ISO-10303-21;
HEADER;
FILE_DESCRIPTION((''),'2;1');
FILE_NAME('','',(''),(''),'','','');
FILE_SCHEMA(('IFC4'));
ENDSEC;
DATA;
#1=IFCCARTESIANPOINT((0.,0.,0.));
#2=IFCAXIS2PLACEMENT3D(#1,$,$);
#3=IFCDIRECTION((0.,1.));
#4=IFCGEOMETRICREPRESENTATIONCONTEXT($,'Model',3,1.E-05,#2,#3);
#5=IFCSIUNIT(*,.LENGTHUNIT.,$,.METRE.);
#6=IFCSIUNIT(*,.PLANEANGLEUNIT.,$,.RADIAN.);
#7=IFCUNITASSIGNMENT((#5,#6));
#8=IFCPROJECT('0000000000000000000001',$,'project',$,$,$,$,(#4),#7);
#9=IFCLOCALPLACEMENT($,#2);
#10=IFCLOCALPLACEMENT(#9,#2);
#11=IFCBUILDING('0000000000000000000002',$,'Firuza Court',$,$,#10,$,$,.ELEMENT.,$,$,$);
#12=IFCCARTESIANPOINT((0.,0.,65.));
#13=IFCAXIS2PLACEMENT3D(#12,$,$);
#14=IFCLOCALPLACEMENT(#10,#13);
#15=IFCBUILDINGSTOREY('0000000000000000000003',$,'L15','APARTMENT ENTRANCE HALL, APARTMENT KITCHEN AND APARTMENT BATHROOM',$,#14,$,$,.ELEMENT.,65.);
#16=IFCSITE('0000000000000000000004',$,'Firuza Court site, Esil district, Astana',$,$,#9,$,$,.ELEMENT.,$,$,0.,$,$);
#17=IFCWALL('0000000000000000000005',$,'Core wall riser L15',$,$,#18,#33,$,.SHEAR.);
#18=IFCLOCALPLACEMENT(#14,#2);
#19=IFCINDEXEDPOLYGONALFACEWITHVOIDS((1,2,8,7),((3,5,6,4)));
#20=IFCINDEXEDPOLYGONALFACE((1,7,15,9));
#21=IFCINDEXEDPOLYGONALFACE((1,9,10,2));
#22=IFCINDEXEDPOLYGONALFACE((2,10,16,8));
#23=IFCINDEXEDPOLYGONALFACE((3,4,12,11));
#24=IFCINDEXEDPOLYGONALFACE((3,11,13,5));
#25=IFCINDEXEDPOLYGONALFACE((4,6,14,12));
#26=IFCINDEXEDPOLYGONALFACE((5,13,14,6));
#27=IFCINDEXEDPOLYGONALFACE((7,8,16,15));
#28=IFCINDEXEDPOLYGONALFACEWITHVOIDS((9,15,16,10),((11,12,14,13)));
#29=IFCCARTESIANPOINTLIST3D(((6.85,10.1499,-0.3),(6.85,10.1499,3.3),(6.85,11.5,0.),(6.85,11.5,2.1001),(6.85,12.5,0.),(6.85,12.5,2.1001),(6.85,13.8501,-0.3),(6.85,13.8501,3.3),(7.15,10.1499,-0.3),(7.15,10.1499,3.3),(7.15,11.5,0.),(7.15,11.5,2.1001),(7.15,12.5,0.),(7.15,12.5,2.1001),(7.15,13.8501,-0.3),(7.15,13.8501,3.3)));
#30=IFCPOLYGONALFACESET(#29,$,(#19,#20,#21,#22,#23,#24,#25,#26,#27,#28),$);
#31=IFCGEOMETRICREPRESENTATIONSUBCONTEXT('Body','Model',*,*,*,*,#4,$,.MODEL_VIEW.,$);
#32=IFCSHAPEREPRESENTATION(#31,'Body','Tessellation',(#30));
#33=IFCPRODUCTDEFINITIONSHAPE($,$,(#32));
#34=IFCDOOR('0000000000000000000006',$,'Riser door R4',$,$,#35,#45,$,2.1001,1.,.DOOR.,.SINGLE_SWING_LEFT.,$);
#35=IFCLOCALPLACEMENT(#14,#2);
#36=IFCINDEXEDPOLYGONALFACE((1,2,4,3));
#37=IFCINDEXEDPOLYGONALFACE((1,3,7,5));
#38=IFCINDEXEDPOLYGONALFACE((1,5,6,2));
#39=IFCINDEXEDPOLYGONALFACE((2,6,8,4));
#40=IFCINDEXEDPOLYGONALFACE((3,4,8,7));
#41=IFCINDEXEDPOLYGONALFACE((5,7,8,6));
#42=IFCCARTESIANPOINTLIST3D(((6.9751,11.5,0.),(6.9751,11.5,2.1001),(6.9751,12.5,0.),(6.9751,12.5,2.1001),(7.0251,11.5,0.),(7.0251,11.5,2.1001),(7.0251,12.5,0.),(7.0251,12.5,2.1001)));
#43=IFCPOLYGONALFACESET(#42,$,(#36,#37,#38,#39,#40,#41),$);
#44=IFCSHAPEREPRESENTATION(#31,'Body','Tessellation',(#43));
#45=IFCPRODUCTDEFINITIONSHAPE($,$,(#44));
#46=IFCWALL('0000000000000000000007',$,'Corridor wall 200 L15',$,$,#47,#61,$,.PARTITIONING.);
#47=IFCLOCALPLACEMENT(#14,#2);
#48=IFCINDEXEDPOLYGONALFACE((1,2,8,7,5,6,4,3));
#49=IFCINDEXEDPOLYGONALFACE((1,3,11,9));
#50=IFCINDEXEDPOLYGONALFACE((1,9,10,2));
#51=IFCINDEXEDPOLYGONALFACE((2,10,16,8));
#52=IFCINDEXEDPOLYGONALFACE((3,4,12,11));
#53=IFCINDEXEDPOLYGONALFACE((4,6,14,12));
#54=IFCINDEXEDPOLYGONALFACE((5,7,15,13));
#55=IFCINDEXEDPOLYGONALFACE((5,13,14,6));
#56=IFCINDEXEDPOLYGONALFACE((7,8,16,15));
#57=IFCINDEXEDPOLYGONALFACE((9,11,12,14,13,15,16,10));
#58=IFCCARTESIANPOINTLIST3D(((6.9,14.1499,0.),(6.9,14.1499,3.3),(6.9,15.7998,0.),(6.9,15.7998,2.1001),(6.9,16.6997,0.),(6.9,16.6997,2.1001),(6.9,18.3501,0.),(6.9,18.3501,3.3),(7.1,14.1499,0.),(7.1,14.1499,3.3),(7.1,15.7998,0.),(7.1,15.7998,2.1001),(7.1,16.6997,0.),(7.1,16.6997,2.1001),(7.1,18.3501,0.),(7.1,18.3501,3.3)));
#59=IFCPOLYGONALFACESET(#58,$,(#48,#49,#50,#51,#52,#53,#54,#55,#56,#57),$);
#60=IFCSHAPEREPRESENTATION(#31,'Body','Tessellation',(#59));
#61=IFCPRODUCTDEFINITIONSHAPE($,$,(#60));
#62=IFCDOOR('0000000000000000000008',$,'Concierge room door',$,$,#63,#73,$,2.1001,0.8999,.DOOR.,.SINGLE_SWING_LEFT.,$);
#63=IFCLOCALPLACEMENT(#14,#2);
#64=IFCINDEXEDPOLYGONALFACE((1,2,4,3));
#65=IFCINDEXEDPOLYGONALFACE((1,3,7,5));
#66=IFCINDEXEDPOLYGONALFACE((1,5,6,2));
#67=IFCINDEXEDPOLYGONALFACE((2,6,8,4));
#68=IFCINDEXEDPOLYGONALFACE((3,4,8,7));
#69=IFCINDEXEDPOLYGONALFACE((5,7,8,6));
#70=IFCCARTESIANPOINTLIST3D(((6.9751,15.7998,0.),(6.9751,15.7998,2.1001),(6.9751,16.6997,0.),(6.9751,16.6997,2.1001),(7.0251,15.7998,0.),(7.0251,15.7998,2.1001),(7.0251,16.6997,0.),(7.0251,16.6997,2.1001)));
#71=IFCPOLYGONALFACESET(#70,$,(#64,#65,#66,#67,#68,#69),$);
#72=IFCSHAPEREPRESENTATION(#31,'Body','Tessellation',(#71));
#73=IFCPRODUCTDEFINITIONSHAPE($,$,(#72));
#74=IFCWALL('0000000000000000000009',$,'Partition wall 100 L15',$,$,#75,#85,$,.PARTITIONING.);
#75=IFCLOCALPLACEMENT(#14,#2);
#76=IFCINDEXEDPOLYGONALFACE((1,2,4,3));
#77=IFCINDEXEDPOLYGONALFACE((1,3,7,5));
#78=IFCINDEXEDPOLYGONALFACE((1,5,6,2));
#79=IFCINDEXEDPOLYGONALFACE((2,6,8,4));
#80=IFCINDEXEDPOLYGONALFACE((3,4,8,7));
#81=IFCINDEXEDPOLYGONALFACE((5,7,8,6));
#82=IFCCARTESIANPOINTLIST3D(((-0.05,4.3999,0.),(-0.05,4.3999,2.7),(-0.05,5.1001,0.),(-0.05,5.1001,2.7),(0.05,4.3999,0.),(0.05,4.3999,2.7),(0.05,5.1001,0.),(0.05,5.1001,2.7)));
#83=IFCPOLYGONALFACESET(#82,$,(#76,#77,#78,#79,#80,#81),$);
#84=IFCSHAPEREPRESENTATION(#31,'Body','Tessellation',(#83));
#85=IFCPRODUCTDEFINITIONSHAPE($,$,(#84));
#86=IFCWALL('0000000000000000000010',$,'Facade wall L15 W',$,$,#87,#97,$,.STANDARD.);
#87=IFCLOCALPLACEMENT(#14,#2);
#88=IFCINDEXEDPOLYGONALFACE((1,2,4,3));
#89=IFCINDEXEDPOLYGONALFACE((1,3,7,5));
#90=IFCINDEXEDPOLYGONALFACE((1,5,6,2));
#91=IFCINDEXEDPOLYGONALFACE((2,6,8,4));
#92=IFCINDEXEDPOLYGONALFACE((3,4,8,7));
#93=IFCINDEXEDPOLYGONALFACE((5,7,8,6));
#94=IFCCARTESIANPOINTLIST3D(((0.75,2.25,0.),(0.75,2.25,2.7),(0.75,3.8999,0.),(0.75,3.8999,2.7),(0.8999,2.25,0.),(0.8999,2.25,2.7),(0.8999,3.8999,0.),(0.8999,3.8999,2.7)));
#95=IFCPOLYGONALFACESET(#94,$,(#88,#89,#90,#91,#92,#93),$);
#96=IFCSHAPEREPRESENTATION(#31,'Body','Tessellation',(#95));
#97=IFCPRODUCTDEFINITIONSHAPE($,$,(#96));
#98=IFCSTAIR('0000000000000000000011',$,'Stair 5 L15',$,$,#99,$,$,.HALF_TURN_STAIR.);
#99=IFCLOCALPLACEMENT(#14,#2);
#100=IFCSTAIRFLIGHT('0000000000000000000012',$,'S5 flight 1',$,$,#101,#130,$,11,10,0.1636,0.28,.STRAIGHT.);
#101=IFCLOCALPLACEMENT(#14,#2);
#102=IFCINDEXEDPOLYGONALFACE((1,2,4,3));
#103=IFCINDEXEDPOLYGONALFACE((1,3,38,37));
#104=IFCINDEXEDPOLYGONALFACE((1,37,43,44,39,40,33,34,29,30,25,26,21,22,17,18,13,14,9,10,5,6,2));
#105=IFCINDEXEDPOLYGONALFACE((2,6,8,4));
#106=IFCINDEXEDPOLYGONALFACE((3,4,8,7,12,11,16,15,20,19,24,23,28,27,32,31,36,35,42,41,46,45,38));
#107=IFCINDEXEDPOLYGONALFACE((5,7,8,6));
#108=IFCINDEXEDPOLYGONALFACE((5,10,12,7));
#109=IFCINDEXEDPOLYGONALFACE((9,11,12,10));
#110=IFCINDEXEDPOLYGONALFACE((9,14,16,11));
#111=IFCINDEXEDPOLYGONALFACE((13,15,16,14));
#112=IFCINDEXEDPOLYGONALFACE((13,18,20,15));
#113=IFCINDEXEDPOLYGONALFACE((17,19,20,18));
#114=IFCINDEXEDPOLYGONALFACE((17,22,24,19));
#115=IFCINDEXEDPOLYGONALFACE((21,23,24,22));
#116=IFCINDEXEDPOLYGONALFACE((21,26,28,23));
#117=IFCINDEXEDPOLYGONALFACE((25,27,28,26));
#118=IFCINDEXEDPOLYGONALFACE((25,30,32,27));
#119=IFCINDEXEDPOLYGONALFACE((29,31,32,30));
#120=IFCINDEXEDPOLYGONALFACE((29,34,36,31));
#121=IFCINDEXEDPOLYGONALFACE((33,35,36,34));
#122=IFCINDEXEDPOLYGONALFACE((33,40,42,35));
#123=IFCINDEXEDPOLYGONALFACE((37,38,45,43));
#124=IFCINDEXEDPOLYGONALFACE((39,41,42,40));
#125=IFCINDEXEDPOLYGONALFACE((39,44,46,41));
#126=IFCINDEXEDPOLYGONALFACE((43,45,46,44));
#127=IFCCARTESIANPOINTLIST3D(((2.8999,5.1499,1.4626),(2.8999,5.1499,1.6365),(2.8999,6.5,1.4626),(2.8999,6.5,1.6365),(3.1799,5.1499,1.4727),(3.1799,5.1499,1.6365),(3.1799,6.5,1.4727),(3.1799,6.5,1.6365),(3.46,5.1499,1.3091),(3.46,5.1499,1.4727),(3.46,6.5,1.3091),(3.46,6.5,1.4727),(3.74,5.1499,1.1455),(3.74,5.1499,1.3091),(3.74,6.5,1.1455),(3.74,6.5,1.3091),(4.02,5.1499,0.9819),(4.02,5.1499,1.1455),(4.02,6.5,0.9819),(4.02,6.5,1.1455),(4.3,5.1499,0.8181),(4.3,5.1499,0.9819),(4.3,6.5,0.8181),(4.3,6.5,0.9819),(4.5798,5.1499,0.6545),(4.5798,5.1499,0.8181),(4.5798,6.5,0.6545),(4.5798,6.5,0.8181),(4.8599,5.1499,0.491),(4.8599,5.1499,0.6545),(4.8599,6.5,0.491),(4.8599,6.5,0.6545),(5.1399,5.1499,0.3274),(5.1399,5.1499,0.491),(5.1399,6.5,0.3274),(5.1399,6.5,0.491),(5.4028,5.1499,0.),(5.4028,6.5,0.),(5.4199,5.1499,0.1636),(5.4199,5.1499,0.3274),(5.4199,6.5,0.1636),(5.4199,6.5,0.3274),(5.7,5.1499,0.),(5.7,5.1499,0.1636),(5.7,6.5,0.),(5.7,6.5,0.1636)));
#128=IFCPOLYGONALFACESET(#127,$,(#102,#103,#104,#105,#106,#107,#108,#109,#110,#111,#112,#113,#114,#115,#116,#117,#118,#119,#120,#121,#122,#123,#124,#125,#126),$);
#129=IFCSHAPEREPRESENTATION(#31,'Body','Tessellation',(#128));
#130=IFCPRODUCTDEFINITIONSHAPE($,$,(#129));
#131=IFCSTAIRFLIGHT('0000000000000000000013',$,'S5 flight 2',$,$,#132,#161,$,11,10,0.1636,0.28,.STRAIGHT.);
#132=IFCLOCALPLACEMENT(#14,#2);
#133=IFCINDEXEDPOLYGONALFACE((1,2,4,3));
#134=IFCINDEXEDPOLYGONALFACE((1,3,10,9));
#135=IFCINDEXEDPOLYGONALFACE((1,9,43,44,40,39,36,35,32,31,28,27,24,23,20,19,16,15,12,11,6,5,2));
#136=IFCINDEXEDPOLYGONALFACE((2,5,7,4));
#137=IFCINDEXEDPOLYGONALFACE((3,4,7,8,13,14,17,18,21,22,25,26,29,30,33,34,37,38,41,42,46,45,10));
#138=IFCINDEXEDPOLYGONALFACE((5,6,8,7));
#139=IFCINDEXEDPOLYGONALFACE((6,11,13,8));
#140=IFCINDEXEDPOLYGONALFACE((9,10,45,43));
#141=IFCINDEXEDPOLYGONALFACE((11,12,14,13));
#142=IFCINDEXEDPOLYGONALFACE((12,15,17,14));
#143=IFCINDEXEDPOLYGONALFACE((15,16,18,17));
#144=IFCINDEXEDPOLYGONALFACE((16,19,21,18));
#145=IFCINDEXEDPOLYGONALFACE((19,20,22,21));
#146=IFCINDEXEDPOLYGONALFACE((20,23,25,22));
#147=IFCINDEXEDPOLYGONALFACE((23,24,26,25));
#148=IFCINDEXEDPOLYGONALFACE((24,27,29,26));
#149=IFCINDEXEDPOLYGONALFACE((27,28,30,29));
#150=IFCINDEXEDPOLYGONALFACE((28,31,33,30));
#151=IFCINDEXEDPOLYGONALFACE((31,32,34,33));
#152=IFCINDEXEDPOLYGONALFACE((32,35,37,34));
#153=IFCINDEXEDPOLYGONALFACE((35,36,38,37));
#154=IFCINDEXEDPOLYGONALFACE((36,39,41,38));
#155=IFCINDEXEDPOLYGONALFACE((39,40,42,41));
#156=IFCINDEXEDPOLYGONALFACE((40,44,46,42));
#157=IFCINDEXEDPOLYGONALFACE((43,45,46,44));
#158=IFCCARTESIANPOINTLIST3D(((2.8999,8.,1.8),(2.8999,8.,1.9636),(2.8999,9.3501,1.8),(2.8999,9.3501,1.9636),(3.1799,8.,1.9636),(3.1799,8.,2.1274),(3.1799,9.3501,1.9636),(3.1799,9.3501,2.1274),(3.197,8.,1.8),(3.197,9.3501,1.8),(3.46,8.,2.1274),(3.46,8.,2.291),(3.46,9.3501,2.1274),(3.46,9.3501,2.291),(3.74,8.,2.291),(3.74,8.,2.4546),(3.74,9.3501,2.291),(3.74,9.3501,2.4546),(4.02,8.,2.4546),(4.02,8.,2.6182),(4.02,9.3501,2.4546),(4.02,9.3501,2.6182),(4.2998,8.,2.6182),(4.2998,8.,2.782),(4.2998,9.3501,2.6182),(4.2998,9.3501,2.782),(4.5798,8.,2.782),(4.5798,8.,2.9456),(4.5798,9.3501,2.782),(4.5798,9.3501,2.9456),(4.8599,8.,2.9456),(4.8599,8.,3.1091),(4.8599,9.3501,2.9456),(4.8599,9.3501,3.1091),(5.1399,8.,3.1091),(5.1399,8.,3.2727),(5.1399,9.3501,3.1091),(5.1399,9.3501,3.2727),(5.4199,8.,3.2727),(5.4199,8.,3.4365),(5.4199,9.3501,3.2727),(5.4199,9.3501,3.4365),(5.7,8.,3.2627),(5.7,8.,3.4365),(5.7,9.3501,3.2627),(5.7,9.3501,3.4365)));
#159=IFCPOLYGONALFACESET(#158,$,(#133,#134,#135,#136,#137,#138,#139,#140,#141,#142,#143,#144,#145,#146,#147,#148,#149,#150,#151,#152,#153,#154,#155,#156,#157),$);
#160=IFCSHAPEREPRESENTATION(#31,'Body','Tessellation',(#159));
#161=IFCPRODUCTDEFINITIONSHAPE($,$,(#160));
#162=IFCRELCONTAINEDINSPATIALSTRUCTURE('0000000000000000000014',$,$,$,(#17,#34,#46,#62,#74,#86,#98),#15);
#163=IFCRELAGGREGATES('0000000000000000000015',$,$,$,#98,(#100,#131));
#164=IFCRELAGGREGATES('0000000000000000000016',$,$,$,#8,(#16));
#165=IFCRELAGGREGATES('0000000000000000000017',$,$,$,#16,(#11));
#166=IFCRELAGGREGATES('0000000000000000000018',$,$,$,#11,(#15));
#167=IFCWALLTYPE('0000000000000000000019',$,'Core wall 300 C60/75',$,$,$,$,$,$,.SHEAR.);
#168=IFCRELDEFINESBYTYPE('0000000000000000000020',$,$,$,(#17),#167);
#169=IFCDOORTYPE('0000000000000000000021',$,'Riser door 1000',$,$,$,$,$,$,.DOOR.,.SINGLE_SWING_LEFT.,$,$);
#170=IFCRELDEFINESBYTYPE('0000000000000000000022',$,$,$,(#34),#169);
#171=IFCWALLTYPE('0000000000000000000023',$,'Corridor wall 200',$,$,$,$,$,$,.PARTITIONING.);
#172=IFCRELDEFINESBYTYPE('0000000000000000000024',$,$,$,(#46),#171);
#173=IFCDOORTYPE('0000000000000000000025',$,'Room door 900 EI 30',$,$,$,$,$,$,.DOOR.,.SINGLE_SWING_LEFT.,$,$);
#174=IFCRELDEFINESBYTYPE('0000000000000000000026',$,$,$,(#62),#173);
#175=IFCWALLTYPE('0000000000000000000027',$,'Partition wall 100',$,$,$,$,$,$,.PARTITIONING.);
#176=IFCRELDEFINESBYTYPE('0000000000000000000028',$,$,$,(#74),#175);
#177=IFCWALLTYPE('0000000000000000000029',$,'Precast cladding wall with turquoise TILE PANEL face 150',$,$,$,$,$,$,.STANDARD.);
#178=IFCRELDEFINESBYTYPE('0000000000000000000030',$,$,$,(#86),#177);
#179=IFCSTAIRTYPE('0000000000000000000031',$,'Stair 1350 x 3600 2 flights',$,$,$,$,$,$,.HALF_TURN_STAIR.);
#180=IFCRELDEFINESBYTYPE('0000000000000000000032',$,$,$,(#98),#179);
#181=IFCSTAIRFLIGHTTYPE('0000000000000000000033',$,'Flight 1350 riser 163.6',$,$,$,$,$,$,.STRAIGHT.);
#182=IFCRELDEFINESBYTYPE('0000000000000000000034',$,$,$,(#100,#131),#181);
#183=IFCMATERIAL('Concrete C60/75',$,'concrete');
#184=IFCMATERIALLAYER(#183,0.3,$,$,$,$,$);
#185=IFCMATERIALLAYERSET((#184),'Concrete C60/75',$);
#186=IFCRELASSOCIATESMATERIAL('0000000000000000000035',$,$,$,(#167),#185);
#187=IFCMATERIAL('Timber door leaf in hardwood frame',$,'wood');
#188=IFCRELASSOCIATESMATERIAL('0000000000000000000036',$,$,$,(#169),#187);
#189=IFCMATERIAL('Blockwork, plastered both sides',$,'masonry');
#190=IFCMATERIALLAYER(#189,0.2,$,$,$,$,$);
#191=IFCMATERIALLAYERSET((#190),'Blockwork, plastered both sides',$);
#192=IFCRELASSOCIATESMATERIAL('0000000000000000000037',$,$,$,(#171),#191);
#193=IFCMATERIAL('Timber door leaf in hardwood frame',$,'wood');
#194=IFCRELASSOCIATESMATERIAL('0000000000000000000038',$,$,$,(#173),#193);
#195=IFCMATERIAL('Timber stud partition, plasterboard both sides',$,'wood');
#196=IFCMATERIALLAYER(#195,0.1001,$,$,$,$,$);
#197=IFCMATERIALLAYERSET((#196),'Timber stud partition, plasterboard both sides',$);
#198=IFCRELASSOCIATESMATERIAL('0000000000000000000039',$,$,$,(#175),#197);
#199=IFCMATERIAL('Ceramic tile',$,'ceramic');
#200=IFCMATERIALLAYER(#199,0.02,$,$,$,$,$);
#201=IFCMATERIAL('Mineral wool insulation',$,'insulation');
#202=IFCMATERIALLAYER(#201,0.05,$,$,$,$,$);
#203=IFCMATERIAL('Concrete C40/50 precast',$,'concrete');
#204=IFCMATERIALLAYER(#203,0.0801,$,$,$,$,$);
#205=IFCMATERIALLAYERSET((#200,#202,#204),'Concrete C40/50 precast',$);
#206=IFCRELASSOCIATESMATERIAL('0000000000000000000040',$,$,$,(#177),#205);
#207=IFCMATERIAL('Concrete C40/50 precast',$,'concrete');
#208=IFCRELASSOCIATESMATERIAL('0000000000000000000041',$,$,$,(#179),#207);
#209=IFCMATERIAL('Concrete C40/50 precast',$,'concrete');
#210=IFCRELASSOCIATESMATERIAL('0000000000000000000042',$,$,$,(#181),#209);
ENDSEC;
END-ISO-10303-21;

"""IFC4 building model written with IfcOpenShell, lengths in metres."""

from ifc_helpers import new_model, si_unit, direction, frame, frame_2d, origin, place, context, subcontext, project, spatial, polyline, rectangle, outline, extrude, material, layer, layer_set, type_object, element, fill, aggregate, save


model = new_model("IFC4")

# Units and contexts
model_context = context("Model", 3, precision=1e-05, world=origin(), true_north=direction((0.0, 1.0)))
body_context = subcontext(model_context, "Body", "Model", "MODEL_VIEW")
ifc_project = project(units=[si_unit("LENGTHUNIT", "METRE"), si_unit("PLANEANGLEUNIT", "RADIAN")], contexts=[model_context])

# Site, building, storey
site_placement = place(None, origin())
site = spatial("IfcSite", under=ifc_project, at=site_placement, Name="Firuza Court site, Esil district, Astana", CompositionType="ELEMENT", RefElevation=0.0)
building_placement = place(site_placement, origin())
building = spatial("IfcBuilding", under=site, at=building_placement, Name="Firuza Court", CompositionType="ELEMENT")
storey_placement = place(building_placement, frame((0.0, 0.0, 65.0)))
storey = spatial("IfcBuildingStorey", under=building, at=storey_placement, Name="L15", Description="APARTMENT ENTRANCE HALL, APARTMENT KITCHEN AND APARTMENT BATHROOM", CompositionType="ELEMENT", Elevation=65.0)

# Shared definitions
ifc_material_1 = material(Name="Concrete C60/75", Category="concrete")
ifc_layer_1 = layer(ifc_material_1, 0.3)
ifc_layer_set_1 = layer_set([ifc_layer_1], Name="Concrete C60/75")
wall_type_1 = type_object("IfcWallType", Name="Core wall 300 C60/75", PredefinedType="SHEAR", material=ifc_layer_set_1)

# Walls, openings, doors
wall_1_placement = place(storey_placement, frame((7.0, 10.1499, -0.3), z_axis=(0.0, 0.0, 1.0), x_axis=(0.0, 1.0, 0.0)))
wall_1 = element("IfcWall", 1, at=wall_1_placement, inside=storey, type_object=wall_type_1, Name="Core wall riser L15", PredefinedType="SHEAR", context=body_context, shape_type="SweptSolid", body=[
    extrude(rectangle(XDim=3.7002, YDim=0.3, at=frame_2d((1.8501, 0.0))), origin(), (0.0, 0.0, 1.0), 3.6001),
])
opening_1_placement = place(wall_1_placement, frame((1.3501, 0.0, 0.3)))
opening_1 = element("IfcOpeningElement", 2, at=opening_1_placement, cuts=wall_1, PredefinedType="OPENING", context=body_context, shape_type="SweptSolid", body=[
    extrude(rectangle(XDim=1.0, YDim=2.1001, at=frame_2d((0.5, 1.05))), frame((0.0, 0.1621, 0.0), z_axis=(0.0, -1.0, 0.0), x_axis=(1.0, 0.0, 0.0)), (0.0, 0.0, 1.0), 0.324),
])
ifc_material_2 = material(Name="Timber door leaf in hardwood frame", Category="wood")
door_type_1 = type_object("IfcDoorType", Name="Riser door 1000", OperationType="SINGLE_SWING_LEFT", PredefinedType="DOOR", material=ifc_material_2)
door_1_placement = place(opening_1_placement, origin())
door_1 = element("IfcDoor", 3, at=door_1_placement, inside=storey, type_object=door_type_1, Name="Riser door R4", OperationType="SINGLE_SWING_LEFT", OverallHeight=2.1001, OverallWidth=1.0, PredefinedType="DOOR", context=body_context, shape_type="SweptSolid", body=[
    extrude(rectangle(XDim=1.0, YDim=2.1001, at=frame_2d((0.5, 1.05))), frame((0.0, 0.0249, 0.0), z_axis=(0.0, -1.0, 0.0), x_axis=(1.0, 0.0, 0.0)), (0.0, 0.0, 1.0), 0.05),
])
fill(opening_1, door_1)
ifc_material_3 = material(Name="Blockwork, plastered both sides", Category="masonry")
ifc_layer_2 = layer(ifc_material_3, 0.2)
ifc_layer_set_2 = layer_set([ifc_layer_2], Name="Blockwork, plastered both sides")
wall_type_2 = type_object("IfcWallType", Name="Corridor wall 200", PredefinedType="PARTITIONING", material=ifc_layer_set_2)
wall_2_placement = place(storey_placement, frame((7.0, 14.1499, 0.0), z_axis=(0.0, 0.0, 1.0), x_axis=(0.0, 1.0, 0.0)))
wall_2 = element("IfcWall", 4, at=wall_2_placement, inside=storey, type_object=wall_type_2, Name="Corridor wall 200 L15", PredefinedType="PARTITIONING", context=body_context, shape_type="SweptSolid", body=[
    extrude(rectangle(XDim=4.2002, YDim=0.2, at=frame_2d((2.1001, 0.0))), origin(), (0.0, 0.0, 1.0), 3.3),
])
opening_2_placement = place(wall_2_placement, frame((1.6499, 0.0, 0.0)))
opening_2 = element("IfcOpeningElement", 5, at=opening_2_placement, cuts=wall_2, PredefinedType="OPENING", context=body_context, shape_type="SweptSolid", body=[
    extrude(rectangle(XDim=0.8999, YDim=2.1001, at=frame_2d((0.45, 1.05))), frame((0.0, 0.1118, 0.0), z_axis=(0.0, -1.0, 0.0), x_axis=(1.0, 0.0, 0.0)), (0.0, 0.0, 1.0), 0.2239),
])
ifc_material_4 = material(Name="Timber door leaf in hardwood frame", Category="wood")
door_type_2 = type_object("IfcDoorType", Name="Room door 900 EI 30", OperationType="SINGLE_SWING_LEFT", PredefinedType="DOOR", material=ifc_material_4)
door_2_placement = place(opening_2_placement, origin())
door_2 = element("IfcDoor", 6, at=door_2_placement, inside=storey, type_object=door_type_2, Name="Concierge room door", OperationType="SINGLE_SWING_LEFT", OverallHeight=2.1001, OverallWidth=0.8999, PredefinedType="DOOR", context=body_context, shape_type="SweptSolid", body=[
    extrude(rectangle(XDim=0.8999, YDim=2.1001, at=frame_2d((0.45, 1.05))), frame((0.0, 0.0249, 0.0), z_axis=(0.0, -1.0, 0.0), x_axis=(1.0, 0.0, 0.0)), (0.0, 0.0, 1.0), 0.05),
])
fill(opening_2, door_2)

# Walls
ifc_material_5 = material(Name="Timber stud partition, plasterboard both sides", Category="wood")
ifc_layer_3 = layer(ifc_material_5, 0.1001)
ifc_layer_set_3 = layer_set([ifc_layer_3], Name="Timber stud partition, plasterboard both sides")
wall_type_3 = type_object("IfcWallType", Name="Partition wall 100", PredefinedType="PARTITIONING", material=ifc_layer_set_3)
wall_3_placement = place(storey_placement, frame((0.0, 4.3999, 0.0), z_axis=(0.0, 0.0, 1.0), x_axis=(0.0, 1.0, 0.0)))
element("IfcWall", 7, at=wall_3_placement, inside=storey, type_object=wall_type_3, Name="Partition wall 100 L15", PredefinedType="PARTITIONING", context=body_context, shape_type="SweptSolid", body=[
    extrude(rectangle(XDim=0.7002, YDim=0.1001, at=frame_2d((0.3501, 0.0))), origin(), (0.0, 0.0, 1.0), 2.7),
])
ifc_material_6 = material(Name="Ceramic tile", Category="ceramic")
ifc_layer_4 = layer(ifc_material_6, 0.02)
ifc_material_7 = material(Name="Mineral wool insulation", Category="insulation")
ifc_layer_5 = layer(ifc_material_7, 0.05)
ifc_material_8 = material(Name="Concrete C40/50 precast", Category="concrete")
ifc_layer_6 = layer(ifc_material_8, 0.0801)
ifc_layer_set_4 = layer_set([ifc_layer_4, ifc_layer_5, ifc_layer_6], Name="Concrete C40/50 precast")
wall_type_4 = type_object("IfcWallType", Name="Precast cladding wall with turquoise TILE PANEL face 150", PredefinedType="STANDARD", material=ifc_layer_set_4)
wall_4_placement = place(storey_placement, frame((0.825, 3.8999, 0.0), z_axis=(0.0, 0.0, 1.0), x_axis=(0.0, -1.0, 0.0)))
element("IfcWall", 8, at=wall_4_placement, inside=storey, type_object=wall_type_4, Name="Facade wall L15 W", PredefinedType="STANDARD", context=body_context, shape_type="SweptSolid", body=[
    extrude(rectangle(XDim=1.6499, YDim=0.1499, at=frame_2d((0.825, 0.0))), origin(), (0.0, 0.0, 1.0), 2.7),
])

# Stair, stair flights
ifc_material_9 = material(Name="Concrete C40/50 precast", Category="concrete")
stair_type = type_object("IfcStairType", Name="Stair 1350 x 3600 2 flights", PredefinedType="HALF_TURN_STAIR", material=ifc_material_9)
stair_placement = place(storey_placement, origin())
stair = element("IfcStair", 9, at=stair_placement, inside=storey, type_object=stair_type, Name="Stair 5 L15", PredefinedType="HALF_TURN_STAIR")
ifc_material_10 = material(Name="Concrete C40/50 precast", Category="concrete")
stair_flight_type = type_object("IfcStairFlightType", Name="Flight 1350 riser 163.6", PredefinedType="STRAIGHT", material=ifc_material_10)
stair_flight_1_placement = place(storey_placement, frame((5.7, 5.825, 0.0), z_axis=(0.0, 0.0, 1.0), x_axis=(-1.0, 0.0, 0.0)))
stair_flight_1 = element("IfcStairFlight", 10, at=stair_flight_1_placement, type_object=stair_flight_type, Name="S5 flight 1", NumberOfRisers=11, NumberOfTreads=10, PredefinedType="STRAIGHT", RiserHeight=0.1636, TreadLength=0.28, context=body_context, shape_type="SweptSolid", body=[
    extrude(outline(polyline([(0.0, 0.0), (0.0, 0.1636), (0.28, 0.1636), (0.28, 0.3274), (0.5601, 0.3274), (0.5601, 0.491), (0.8401, 0.491), (0.8401, 0.6545), (1.1201, 0.6545), (1.1201, 0.8181), (1.3999, 0.8181), (1.3999, 0.9819), (1.6799, 0.9819), (1.6799, 1.1455), (1.96, 1.1455), (1.96, 1.3091), (2.24, 1.3091), (2.24, 1.4727), (2.52, 1.4727), (2.52, 1.6365), (2.8, 1.6365), (2.8, 1.8), (2.8, 1.4626), (0.2971, 0.0), (0.0, 0.0)])), frame((0.0, 0.675, 0.0), z_axis=(0.0, -1.0, 0.0), x_axis=(1.0, 0.0, 0.0)), (0.0, 0.0, 1.0), 1.3501),
])
stair_flight_2_placement = place(storey_placement, frame((2.8999, 8.675, 1.8), z_axis=(0.0, 0.0, 1.0), x_axis=(1.0, 0.0, 0.0)))
stair_flight_2 = element("IfcStairFlight", 11, at=stair_flight_2_placement, type_object=stair_flight_type, Name="S5 flight 2", NumberOfRisers=11, NumberOfTreads=10, PredefinedType="STRAIGHT", RiserHeight=0.1636, TreadLength=0.28, context=body_context, shape_type="SweptSolid", body=[
    extrude(outline(polyline([(0.0, 0.0), (0.0, 0.1636), (0.28, 0.1636), (0.28, 0.3274), (0.5601, 0.3274), (0.5601, 0.491), (0.8401, 0.491), (0.8401, 0.6545), (1.1201, 0.6545), (1.1201, 0.8181), (1.3999, 0.8181), (1.3999, 0.9819), (1.6799, 0.9819), (1.6799, 1.1455), (1.96, 1.1455), (1.96, 1.3091), (2.24, 1.3091), (2.24, 1.4727), (2.52, 1.4727), (2.52, 1.6365), (2.8, 1.6365), (2.8, 1.8), (2.8, 1.4626), (0.2971, 0.0), (0.0, 0.0)])), frame((0.0, 0.675, 0.0), z_axis=(0.0, -1.0, 0.0), x_axis=(1.0, 0.0, 0.0)), (0.0, 0.0, 1.0), 1.3501),
])
aggregate(stair, [stair_flight_1, stair_flight_2])

save(model, "model.ifc")
